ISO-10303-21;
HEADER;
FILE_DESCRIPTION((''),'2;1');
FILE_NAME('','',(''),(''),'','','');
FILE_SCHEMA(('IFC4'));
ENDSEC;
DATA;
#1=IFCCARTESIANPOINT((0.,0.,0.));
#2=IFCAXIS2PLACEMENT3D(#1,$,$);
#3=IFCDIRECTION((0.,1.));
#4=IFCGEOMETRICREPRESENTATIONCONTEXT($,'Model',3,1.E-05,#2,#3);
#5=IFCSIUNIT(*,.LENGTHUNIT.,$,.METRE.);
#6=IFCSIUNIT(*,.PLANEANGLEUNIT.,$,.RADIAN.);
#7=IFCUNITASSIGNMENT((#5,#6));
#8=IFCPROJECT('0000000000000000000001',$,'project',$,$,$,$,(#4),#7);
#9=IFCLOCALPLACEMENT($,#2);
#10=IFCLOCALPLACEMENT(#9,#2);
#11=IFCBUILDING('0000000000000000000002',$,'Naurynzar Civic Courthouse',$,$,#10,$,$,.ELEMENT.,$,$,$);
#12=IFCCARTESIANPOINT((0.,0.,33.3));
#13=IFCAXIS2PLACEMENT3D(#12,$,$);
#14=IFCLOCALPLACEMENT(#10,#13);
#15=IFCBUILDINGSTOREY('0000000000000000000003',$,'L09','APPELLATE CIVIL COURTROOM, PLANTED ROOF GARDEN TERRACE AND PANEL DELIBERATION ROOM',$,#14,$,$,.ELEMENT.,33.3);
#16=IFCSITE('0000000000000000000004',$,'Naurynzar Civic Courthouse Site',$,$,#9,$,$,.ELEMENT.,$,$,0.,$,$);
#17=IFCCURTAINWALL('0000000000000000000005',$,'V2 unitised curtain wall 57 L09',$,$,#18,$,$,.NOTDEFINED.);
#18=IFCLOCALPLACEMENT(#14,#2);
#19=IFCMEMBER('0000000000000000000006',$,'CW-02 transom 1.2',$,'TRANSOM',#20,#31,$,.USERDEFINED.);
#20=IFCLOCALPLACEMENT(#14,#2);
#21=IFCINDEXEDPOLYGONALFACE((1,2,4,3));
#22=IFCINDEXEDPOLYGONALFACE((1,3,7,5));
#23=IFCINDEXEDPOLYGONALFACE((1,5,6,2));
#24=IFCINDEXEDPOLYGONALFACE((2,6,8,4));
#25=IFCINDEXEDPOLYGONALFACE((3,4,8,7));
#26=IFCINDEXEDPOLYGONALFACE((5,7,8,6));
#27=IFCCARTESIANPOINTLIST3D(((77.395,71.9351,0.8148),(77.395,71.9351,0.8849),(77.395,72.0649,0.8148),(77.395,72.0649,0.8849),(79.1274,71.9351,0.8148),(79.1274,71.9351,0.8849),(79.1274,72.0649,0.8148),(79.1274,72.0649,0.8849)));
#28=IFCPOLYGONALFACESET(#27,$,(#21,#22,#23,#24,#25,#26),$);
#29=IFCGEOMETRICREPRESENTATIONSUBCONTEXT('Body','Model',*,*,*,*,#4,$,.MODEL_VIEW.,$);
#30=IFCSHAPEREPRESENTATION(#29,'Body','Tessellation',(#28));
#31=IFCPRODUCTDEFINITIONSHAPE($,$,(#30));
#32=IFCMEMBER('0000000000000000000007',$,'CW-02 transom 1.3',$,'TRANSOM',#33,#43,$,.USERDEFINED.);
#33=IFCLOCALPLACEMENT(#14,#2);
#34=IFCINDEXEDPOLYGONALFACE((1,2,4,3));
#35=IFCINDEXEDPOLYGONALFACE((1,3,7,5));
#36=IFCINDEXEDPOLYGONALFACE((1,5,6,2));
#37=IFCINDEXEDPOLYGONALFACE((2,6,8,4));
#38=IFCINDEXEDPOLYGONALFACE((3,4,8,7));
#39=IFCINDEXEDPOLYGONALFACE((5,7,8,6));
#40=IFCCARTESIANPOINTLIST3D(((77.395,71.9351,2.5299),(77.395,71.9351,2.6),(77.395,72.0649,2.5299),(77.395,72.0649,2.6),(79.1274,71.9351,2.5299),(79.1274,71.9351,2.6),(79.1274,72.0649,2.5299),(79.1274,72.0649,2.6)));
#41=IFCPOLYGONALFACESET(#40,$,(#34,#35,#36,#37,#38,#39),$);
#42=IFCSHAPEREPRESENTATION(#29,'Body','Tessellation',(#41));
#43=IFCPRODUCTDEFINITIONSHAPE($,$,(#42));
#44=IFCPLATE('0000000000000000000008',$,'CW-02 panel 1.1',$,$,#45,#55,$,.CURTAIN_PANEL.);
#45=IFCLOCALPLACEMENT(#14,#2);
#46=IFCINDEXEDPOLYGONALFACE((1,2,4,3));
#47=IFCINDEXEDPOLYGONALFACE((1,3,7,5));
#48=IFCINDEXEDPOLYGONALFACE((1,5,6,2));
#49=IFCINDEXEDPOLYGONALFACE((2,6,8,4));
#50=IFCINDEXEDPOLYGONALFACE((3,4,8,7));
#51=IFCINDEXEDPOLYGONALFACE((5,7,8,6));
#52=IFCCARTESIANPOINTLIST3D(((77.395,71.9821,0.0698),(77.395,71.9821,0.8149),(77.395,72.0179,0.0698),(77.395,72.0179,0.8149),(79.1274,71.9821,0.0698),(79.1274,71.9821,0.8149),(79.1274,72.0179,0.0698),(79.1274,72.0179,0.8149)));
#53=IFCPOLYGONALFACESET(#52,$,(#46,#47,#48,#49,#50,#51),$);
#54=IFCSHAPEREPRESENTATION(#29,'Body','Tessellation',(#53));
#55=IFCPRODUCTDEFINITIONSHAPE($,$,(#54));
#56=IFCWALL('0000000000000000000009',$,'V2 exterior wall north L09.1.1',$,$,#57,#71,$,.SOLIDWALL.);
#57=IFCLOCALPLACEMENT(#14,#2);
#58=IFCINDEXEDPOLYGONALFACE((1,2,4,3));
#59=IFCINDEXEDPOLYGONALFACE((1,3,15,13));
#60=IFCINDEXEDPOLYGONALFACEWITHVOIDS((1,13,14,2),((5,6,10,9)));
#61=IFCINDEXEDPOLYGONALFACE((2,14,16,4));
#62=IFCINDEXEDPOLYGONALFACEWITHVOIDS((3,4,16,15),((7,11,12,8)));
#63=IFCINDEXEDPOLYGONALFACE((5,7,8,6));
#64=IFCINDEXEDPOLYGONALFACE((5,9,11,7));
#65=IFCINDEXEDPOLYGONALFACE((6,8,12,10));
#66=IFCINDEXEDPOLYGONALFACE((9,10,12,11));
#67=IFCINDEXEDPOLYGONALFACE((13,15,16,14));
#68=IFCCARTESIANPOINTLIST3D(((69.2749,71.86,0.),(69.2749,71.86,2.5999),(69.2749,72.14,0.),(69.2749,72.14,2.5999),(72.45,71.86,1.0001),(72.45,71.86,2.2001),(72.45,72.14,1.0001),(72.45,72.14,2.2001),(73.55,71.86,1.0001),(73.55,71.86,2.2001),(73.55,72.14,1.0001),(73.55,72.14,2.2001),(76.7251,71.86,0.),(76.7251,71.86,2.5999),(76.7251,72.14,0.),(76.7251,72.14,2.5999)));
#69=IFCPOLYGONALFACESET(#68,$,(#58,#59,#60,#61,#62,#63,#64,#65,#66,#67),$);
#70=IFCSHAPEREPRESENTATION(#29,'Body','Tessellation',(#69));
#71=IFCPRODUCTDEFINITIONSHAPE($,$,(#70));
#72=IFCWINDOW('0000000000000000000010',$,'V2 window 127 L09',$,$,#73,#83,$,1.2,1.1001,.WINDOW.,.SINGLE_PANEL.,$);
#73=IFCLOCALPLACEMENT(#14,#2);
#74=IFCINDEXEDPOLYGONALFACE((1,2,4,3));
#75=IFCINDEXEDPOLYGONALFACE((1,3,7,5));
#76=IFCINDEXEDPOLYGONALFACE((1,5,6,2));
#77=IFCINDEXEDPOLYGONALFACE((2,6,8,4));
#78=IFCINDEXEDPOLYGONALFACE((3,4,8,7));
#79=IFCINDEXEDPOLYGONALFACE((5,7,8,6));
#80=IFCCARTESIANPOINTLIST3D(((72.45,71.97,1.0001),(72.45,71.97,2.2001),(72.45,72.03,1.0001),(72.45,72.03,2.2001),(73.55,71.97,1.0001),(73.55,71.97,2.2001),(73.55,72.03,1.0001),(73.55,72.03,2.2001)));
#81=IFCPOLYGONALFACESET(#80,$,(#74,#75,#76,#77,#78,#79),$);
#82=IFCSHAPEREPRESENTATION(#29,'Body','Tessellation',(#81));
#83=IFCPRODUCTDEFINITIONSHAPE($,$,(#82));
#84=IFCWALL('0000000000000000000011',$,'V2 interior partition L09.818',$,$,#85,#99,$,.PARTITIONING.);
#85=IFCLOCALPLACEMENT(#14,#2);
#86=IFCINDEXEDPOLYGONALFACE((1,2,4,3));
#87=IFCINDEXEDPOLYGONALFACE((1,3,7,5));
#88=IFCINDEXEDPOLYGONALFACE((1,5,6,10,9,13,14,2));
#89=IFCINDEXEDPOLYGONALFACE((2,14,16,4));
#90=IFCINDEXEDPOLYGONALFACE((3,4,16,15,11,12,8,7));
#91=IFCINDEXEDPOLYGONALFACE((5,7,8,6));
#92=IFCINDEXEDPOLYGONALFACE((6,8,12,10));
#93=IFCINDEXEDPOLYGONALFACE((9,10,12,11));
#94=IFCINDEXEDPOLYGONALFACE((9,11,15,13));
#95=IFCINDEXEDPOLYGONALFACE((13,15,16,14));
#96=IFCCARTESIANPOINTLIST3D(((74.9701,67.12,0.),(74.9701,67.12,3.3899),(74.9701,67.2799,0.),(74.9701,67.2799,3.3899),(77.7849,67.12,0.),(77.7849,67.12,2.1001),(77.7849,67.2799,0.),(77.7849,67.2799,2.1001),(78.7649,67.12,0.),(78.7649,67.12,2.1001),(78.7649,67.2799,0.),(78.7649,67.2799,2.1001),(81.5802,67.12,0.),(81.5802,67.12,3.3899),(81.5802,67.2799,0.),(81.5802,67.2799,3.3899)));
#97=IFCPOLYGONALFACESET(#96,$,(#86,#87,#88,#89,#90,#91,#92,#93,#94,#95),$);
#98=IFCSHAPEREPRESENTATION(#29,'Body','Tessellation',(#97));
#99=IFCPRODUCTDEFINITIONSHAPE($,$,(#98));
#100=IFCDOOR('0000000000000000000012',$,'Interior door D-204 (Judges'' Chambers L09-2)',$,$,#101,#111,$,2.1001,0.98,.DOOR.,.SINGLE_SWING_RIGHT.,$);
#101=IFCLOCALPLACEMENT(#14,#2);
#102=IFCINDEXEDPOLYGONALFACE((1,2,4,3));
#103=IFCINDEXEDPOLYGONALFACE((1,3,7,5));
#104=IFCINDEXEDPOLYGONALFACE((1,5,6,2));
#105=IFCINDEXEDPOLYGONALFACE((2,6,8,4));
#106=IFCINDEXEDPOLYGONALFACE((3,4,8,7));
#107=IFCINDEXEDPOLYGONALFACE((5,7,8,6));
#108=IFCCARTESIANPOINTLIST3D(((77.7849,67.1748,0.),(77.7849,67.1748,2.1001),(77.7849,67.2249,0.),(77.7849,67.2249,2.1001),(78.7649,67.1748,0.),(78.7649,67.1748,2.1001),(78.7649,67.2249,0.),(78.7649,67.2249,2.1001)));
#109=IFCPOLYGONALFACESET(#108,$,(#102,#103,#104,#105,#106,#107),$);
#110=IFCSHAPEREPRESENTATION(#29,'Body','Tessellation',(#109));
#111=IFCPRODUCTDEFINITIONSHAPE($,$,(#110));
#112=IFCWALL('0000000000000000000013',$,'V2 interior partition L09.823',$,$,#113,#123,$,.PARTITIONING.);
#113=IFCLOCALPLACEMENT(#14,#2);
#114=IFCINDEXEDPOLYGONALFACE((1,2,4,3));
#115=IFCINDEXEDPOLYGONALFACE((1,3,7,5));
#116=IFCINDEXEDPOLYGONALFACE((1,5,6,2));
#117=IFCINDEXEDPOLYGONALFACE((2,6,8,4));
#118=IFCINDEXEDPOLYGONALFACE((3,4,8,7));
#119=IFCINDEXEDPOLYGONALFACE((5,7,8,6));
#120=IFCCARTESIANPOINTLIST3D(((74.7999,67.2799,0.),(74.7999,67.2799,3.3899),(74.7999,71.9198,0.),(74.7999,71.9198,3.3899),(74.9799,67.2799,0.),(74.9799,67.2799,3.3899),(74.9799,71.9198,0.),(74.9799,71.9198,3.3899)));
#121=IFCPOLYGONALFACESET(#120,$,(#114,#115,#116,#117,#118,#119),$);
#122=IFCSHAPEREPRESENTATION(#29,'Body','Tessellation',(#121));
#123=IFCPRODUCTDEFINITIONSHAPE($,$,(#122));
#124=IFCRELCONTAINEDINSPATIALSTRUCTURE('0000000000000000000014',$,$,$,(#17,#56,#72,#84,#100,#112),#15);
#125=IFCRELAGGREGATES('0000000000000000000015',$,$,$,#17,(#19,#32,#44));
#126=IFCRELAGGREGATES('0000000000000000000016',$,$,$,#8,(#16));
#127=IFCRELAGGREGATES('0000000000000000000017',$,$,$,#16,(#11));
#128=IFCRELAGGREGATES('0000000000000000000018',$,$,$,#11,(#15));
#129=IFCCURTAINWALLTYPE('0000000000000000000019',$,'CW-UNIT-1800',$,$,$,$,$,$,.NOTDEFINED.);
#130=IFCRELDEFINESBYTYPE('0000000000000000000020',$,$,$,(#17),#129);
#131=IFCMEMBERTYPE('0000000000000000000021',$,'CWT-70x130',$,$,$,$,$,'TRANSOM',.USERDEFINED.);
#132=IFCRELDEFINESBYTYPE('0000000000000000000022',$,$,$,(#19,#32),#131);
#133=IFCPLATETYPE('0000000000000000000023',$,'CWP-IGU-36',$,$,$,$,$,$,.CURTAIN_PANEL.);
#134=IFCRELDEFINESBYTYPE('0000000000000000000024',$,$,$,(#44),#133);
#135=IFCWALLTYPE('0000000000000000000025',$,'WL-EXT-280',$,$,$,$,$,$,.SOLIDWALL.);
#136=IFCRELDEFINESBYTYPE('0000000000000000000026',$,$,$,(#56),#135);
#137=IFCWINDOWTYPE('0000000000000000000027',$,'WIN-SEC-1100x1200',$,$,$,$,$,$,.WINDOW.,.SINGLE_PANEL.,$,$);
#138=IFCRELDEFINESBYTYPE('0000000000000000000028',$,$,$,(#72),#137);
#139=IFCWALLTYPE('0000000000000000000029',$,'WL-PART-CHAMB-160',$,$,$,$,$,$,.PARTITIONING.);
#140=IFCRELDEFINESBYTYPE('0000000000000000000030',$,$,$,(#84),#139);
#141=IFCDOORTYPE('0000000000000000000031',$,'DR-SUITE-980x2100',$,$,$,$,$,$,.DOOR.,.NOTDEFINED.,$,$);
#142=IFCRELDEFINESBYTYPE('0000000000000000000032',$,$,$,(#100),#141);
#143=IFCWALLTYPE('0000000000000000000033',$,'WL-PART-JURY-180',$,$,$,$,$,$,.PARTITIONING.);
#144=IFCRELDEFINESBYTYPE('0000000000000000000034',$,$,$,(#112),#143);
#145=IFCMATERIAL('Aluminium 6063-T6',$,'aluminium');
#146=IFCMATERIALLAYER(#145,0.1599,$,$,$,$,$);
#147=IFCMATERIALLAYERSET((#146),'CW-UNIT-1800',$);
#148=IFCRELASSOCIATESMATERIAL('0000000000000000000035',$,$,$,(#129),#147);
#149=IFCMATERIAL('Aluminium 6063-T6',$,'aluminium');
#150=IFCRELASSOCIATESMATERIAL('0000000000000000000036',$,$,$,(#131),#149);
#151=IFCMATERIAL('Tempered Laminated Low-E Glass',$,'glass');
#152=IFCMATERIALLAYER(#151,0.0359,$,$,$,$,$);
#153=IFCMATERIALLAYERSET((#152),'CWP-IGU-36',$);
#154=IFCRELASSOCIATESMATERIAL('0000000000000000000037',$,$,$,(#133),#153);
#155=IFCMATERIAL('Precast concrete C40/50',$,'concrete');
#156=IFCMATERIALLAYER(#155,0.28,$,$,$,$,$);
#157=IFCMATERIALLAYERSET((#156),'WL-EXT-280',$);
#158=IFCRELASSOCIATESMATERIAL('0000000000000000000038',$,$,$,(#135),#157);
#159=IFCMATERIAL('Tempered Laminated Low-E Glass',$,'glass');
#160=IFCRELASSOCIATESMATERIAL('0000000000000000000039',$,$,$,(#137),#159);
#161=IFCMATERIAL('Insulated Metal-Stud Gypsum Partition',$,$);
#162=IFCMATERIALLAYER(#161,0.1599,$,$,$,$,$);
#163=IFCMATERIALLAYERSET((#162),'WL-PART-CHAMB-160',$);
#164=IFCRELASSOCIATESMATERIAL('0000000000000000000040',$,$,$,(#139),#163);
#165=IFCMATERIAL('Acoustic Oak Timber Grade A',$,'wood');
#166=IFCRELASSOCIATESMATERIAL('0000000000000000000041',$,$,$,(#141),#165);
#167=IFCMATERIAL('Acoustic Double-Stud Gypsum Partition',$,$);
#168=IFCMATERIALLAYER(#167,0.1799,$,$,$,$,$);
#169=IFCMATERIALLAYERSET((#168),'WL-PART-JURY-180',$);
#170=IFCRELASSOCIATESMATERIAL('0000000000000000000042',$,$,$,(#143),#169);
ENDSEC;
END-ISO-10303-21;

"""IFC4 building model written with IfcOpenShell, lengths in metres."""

from ifc_helpers import new_model, si_unit, direction, frame, frame_2d, origin, origin_2d, place, context, subcontext, project, spatial, rectangle, extrude, material, layer, layer_set, material_profile, profile_set, type_object, element, fill, aggregate, save


model = new_model("IFC4")

# Units and contexts
model_context = context("Model", 3, precision=1e-05, world=origin(), true_north=direction((0.0, 1.0)))
body_context = subcontext(model_context, "Body", "Model", "MODEL_VIEW")
ifc_project = project(units=[si_unit("LENGTHUNIT", "METRE"), si_unit("PLANEANGLEUNIT", "RADIAN")], contexts=[model_context])

# Site, building, storey
site_placement = place(None, origin())
site = spatial("IfcSite", under=ifc_project, at=site_placement, Name="Naurynzar Civic Courthouse Site", CompositionType="ELEMENT", RefElevation=0.0)
building_placement = place(site_placement, origin())
building = spatial("IfcBuilding", under=site, at=building_placement, Name="Naurynzar Civic Courthouse", CompositionType="ELEMENT")
storey_placement = place(building_placement, frame((0.0, 0.0, 33.3)))
storey = spatial("IfcBuildingStorey", under=building, at=storey_placement, Name="L09", Description="APPELLATE CIVIL COURTROOM, PLANTED ROOF GARDEN TERRACE AND PANEL DELIBERATION ROOM", CompositionType="ELEMENT", Elevation=33.3)

# Curtain wall, members, plate
ifc_material_1 = material(Name="Aluminium 6063-T6", Category="aluminium")
ifc_layer_1 = layer(ifc_material_1, 0.1599)
ifc_layer_set_1 = layer_set([ifc_layer_1], Name="CW-UNIT-1800")
curtain_wall_type = type_object("IfcCurtainWallType", Name="CW-UNIT-1800", PredefinedType="NOTDEFINED", material=ifc_layer_set_1)
curtain_wall_placement = place(storey_placement, origin())
curtain_wall = element("IfcCurtainWall", 1, at=curtain_wall_placement, inside=storey, type_object=curtain_wall_type, Name="V2 unitised curtain wall 57 L09", PredefinedType="NOTDEFINED")
ifc_material_2 = material(Name="Aluminium 6063-T6", Category="aluminium")
ifc_material_profile_1 = material_profile(ifc_material_2, rectangle(XDim=0.1299, YDim=0.0701, at=origin_2d()), Name="ALU TRANSOM 70x130")
ifc_profile_set_1 = profile_set([ifc_material_profile_1], Name="Aluminium 6063-T6")
member_type_1 = type_object("IfcMemberType", Name="CWT-70x130", ElementType="TRANSOM", PredefinedType="USERDEFINED", material=ifc_profile_set_1)
member_1_placement = place(storey_placement, frame((77.395, 72.0, 0.8499), z_axis=(1.0, 0.0, 0.0), x_axis=(0.0, 1.0, 0.0)))
member_1 = element("IfcMember", 2, at=member_1_placement, type_object=member_type_1, Name="CW-02 transom 1.2", ObjectType="TRANSOM", PredefinedType="USERDEFINED", context=body_context, shape_type="SweptSolid", body=[
    extrude(rectangle(XDim=0.1299, YDim=0.0701, at=origin_2d()), origin(), (0.0, 0.0, 1.0), 1.7324),
])
member_2_placement = place(storey_placement, frame((77.395, 72.0, 2.5649), z_axis=(1.0, 0.0, 0.0), x_axis=(0.0, 1.0, 0.0)))
member_2 = element("IfcMember", 3, at=member_2_placement, type_object=member_type_1, Name="CW-02 transom 1.3", ObjectType="TRANSOM", PredefinedType="USERDEFINED", context=body_context, shape_type="SweptSolid", body=[
    extrude(rectangle(XDim=0.1299, YDim=0.0701, at=origin_2d()), origin(), (0.0, 0.0, 1.0), 1.7324),
])
ifc_material_3 = material(Name="Tempered Laminated Low-E Glass", Category="glass")
ifc_layer_2 = layer(ifc_material_3, 0.0359)
ifc_layer_set_2 = layer_set([ifc_layer_2], Name="CWP-IGU-36")
plate_type = type_object("IfcPlateType", Name="CWP-IGU-36", PredefinedType="CURTAIN_PANEL", material=ifc_layer_set_2)
plate_placement = place(storey_placement, frame((78.2612, 72.0, 0.0698), z_axis=(0.0, 0.0, 1.0), x_axis=(1.0, 0.0, 0.0)))
plate = element("IfcPlate", 4, at=plate_placement, type_object=plate_type, Name="CW-02 panel 1.1", PredefinedType="CURTAIN_PANEL", context=body_context, shape_type="SweptSolid", body=[
    extrude(rectangle(XDim=1.7324, YDim=0.0359, at=origin_2d()), origin(), (0.0, 0.0, 1.0), 0.7451),
])
aggregate(curtain_wall, [member_1, member_2, plate])

# Wall, opening, window
ifc_material_4 = material(Name="Precast concrete C40/50", Category="concrete")
ifc_layer_3 = layer(ifc_material_4, 0.28)
ifc_layer_set_3 = layer_set([ifc_layer_3], Name="WL-EXT-280")
wall_type_1 = type_object("IfcWallType", Name="WL-EXT-280", PredefinedType="SOLIDWALL", material=ifc_layer_set_3)
wall_1_placement = place(storey_placement, frame((69.2749, 72.0, 0.0), z_axis=(0.0, 0.0, 1.0), x_axis=(1.0, 0.0, 0.0)))
wall_1 = element("IfcWall", 5, at=wall_1_placement, inside=storey, type_object=wall_type_1, Name="V2 exterior wall north L09.1.1", PredefinedType="SOLIDWALL", context=body_context, shape_type="SweptSolid", body=[
    extrude(rectangle(XDim=7.4502, YDim=0.28, at=frame_2d((3.7251, 0.0))), origin(), (0.0, 0.0, 1.0), 2.5999),
])
opening_1_placement = place(wall_1_placement, frame((3.175, 0.0, 1.0)))
opening_1 = element("IfcOpeningElement", 6, at=opening_1_placement, cuts=wall_1, PredefinedType="OPENING", context=body_context, shape_type="SweptSolid", body=[
    extrude(rectangle(XDim=1.1001, YDim=1.2, at=frame_2d((0.55, 0.6001))), frame((0.0, 0.1499, 0.0), z_axis=(0.0, -1.0, 0.0), x_axis=(1.0, 0.0, 0.0)), (0.0, 0.0, 1.0), 0.3),
])
ifc_material_5 = material(Name="Tempered Laminated Low-E Glass", Category="glass")
window_type = type_object("IfcWindowType", Name="WIN-SEC-1100x1200", PartitioningType="SINGLE_PANEL", PredefinedType="WINDOW", material=ifc_material_5)
window_placement = place(opening_1_placement, origin())
window = element("IfcWindow", 7, at=window_placement, inside=storey, type_object=window_type, Name="V2 window 127 L09", OverallHeight=1.2, OverallWidth=1.1001, PartitioningType="SINGLE_PANEL", PredefinedType="WINDOW", context=body_context, shape_type="SweptSolid", body=[
    extrude(rectangle(XDim=1.1001, YDim=1.2, at=frame_2d((0.55, 0.6001))), frame((0.0, 0.03, 0.0), z_axis=(0.0, -1.0, 0.0), x_axis=(1.0, 0.0, 0.0)), (0.0, 0.0, 1.0), 0.0601),
])
fill(opening_1, window)

# Wall, opening, door
ifc_material_6 = material(Name="Insulated Metal-Stud Gypsum Partition")
ifc_layer_4 = layer(ifc_material_6, 0.1599)
ifc_layer_set_4 = layer_set([ifc_layer_4], Name="WL-PART-CHAMB-160")
wall_type_2 = type_object("IfcWallType", Name="WL-PART-CHAMB-160", PredefinedType="PARTITIONING", material=ifc_layer_set_4)
wall_2_placement = place(storey_placement, frame((74.97, 67.2, 0.0), z_axis=(0.0, 0.0, 1.0), x_axis=(1.0, 0.0, 0.0)))
wall_2 = element("IfcWall", 8, at=wall_2_placement, inside=storey, type_object=wall_type_2, Name="V2 interior partition L09.818", PredefinedType="PARTITIONING", context=body_context, shape_type="SweptSolid", body=[
    extrude(rectangle(XDim=6.6101, YDim=0.1599, at=frame_2d((3.3052, 0.0))), origin(), (0.0, 0.0, 1.0), 3.3899),
])
opening_2_placement = place(wall_2_placement, frame((2.8149, 0.0, 0.0)))
opening_2 = element("IfcOpeningElement", 9, at=opening_2_placement, cuts=wall_2, PredefinedType="OPENING", context=body_context, shape_type="SweptSolid", body=[
    extrude(rectangle(XDim=0.98, YDim=2.1001, at=frame_2d((0.49, 1.05))), frame((0.0, 0.0898, 0.0), z_axis=(0.0, -1.0, 0.0), x_axis=(1.0, 0.0, 0.0)), (0.0, 0.0, 1.0), 0.1799),
])
ifc_material_7 = material(Name="Acoustic Oak Timber Grade A", Category="wood")
door_type = type_object("IfcDoorType", Name="DR-SUITE-980x2100", OperationType="NOTDEFINED", PredefinedType="DOOR", material=ifc_material_7)
door_placement = place(opening_2_placement, origin())
door = element("IfcDoor", 10, at=door_placement, inside=storey, type_object=door_type, Name="Interior door D-204 (Judges' Chambers L09-2)", OperationType="SINGLE_SWING_RIGHT", OverallHeight=2.1001, OverallWidth=0.98, PredefinedType="DOOR", context=body_context, shape_type="SweptSolid", body=[
    extrude(rectangle(XDim=0.98, YDim=2.1001, at=frame_2d((0.49, 1.05))), frame((0.0, 0.0249, 0.0), z_axis=(0.0, -1.0, 0.0), x_axis=(1.0, 0.0, 0.0)), (0.0, 0.0, 1.0), 0.05),
])
fill(opening_2, door)

# Wall
ifc_material_8 = material(Name="Acoustic Double-Stud Gypsum Partition")
ifc_layer_5 = layer(ifc_material_8, 0.1799)
ifc_layer_set_5 = layer_set([ifc_layer_5], Name="WL-PART-JURY-180")
wall_type_3 = type_object("IfcWallType", Name="WL-PART-JURY-180", PredefinedType="PARTITIONING", material=ifc_layer_set_5)
wall_3_placement = place(storey_placement, frame((74.8899, 67.28, 0.0), z_axis=(0.0, 0.0, 1.0), x_axis=(0.0, 1.0, 0.0)))
element("IfcWall", 11, at=wall_3_placement, inside=storey, type_object=wall_type_3, Name="V2 interior partition L09.823", PredefinedType="PARTITIONING", context=body_context, shape_type="SweptSolid", body=[
    extrude(rectangle(XDim=4.6399, YDim=0.1799, at=frame_2d((2.3198, 0.0))), origin(), (0.0, 0.0, 1.0), 3.3899),
])

save(model, "model.ifc")
